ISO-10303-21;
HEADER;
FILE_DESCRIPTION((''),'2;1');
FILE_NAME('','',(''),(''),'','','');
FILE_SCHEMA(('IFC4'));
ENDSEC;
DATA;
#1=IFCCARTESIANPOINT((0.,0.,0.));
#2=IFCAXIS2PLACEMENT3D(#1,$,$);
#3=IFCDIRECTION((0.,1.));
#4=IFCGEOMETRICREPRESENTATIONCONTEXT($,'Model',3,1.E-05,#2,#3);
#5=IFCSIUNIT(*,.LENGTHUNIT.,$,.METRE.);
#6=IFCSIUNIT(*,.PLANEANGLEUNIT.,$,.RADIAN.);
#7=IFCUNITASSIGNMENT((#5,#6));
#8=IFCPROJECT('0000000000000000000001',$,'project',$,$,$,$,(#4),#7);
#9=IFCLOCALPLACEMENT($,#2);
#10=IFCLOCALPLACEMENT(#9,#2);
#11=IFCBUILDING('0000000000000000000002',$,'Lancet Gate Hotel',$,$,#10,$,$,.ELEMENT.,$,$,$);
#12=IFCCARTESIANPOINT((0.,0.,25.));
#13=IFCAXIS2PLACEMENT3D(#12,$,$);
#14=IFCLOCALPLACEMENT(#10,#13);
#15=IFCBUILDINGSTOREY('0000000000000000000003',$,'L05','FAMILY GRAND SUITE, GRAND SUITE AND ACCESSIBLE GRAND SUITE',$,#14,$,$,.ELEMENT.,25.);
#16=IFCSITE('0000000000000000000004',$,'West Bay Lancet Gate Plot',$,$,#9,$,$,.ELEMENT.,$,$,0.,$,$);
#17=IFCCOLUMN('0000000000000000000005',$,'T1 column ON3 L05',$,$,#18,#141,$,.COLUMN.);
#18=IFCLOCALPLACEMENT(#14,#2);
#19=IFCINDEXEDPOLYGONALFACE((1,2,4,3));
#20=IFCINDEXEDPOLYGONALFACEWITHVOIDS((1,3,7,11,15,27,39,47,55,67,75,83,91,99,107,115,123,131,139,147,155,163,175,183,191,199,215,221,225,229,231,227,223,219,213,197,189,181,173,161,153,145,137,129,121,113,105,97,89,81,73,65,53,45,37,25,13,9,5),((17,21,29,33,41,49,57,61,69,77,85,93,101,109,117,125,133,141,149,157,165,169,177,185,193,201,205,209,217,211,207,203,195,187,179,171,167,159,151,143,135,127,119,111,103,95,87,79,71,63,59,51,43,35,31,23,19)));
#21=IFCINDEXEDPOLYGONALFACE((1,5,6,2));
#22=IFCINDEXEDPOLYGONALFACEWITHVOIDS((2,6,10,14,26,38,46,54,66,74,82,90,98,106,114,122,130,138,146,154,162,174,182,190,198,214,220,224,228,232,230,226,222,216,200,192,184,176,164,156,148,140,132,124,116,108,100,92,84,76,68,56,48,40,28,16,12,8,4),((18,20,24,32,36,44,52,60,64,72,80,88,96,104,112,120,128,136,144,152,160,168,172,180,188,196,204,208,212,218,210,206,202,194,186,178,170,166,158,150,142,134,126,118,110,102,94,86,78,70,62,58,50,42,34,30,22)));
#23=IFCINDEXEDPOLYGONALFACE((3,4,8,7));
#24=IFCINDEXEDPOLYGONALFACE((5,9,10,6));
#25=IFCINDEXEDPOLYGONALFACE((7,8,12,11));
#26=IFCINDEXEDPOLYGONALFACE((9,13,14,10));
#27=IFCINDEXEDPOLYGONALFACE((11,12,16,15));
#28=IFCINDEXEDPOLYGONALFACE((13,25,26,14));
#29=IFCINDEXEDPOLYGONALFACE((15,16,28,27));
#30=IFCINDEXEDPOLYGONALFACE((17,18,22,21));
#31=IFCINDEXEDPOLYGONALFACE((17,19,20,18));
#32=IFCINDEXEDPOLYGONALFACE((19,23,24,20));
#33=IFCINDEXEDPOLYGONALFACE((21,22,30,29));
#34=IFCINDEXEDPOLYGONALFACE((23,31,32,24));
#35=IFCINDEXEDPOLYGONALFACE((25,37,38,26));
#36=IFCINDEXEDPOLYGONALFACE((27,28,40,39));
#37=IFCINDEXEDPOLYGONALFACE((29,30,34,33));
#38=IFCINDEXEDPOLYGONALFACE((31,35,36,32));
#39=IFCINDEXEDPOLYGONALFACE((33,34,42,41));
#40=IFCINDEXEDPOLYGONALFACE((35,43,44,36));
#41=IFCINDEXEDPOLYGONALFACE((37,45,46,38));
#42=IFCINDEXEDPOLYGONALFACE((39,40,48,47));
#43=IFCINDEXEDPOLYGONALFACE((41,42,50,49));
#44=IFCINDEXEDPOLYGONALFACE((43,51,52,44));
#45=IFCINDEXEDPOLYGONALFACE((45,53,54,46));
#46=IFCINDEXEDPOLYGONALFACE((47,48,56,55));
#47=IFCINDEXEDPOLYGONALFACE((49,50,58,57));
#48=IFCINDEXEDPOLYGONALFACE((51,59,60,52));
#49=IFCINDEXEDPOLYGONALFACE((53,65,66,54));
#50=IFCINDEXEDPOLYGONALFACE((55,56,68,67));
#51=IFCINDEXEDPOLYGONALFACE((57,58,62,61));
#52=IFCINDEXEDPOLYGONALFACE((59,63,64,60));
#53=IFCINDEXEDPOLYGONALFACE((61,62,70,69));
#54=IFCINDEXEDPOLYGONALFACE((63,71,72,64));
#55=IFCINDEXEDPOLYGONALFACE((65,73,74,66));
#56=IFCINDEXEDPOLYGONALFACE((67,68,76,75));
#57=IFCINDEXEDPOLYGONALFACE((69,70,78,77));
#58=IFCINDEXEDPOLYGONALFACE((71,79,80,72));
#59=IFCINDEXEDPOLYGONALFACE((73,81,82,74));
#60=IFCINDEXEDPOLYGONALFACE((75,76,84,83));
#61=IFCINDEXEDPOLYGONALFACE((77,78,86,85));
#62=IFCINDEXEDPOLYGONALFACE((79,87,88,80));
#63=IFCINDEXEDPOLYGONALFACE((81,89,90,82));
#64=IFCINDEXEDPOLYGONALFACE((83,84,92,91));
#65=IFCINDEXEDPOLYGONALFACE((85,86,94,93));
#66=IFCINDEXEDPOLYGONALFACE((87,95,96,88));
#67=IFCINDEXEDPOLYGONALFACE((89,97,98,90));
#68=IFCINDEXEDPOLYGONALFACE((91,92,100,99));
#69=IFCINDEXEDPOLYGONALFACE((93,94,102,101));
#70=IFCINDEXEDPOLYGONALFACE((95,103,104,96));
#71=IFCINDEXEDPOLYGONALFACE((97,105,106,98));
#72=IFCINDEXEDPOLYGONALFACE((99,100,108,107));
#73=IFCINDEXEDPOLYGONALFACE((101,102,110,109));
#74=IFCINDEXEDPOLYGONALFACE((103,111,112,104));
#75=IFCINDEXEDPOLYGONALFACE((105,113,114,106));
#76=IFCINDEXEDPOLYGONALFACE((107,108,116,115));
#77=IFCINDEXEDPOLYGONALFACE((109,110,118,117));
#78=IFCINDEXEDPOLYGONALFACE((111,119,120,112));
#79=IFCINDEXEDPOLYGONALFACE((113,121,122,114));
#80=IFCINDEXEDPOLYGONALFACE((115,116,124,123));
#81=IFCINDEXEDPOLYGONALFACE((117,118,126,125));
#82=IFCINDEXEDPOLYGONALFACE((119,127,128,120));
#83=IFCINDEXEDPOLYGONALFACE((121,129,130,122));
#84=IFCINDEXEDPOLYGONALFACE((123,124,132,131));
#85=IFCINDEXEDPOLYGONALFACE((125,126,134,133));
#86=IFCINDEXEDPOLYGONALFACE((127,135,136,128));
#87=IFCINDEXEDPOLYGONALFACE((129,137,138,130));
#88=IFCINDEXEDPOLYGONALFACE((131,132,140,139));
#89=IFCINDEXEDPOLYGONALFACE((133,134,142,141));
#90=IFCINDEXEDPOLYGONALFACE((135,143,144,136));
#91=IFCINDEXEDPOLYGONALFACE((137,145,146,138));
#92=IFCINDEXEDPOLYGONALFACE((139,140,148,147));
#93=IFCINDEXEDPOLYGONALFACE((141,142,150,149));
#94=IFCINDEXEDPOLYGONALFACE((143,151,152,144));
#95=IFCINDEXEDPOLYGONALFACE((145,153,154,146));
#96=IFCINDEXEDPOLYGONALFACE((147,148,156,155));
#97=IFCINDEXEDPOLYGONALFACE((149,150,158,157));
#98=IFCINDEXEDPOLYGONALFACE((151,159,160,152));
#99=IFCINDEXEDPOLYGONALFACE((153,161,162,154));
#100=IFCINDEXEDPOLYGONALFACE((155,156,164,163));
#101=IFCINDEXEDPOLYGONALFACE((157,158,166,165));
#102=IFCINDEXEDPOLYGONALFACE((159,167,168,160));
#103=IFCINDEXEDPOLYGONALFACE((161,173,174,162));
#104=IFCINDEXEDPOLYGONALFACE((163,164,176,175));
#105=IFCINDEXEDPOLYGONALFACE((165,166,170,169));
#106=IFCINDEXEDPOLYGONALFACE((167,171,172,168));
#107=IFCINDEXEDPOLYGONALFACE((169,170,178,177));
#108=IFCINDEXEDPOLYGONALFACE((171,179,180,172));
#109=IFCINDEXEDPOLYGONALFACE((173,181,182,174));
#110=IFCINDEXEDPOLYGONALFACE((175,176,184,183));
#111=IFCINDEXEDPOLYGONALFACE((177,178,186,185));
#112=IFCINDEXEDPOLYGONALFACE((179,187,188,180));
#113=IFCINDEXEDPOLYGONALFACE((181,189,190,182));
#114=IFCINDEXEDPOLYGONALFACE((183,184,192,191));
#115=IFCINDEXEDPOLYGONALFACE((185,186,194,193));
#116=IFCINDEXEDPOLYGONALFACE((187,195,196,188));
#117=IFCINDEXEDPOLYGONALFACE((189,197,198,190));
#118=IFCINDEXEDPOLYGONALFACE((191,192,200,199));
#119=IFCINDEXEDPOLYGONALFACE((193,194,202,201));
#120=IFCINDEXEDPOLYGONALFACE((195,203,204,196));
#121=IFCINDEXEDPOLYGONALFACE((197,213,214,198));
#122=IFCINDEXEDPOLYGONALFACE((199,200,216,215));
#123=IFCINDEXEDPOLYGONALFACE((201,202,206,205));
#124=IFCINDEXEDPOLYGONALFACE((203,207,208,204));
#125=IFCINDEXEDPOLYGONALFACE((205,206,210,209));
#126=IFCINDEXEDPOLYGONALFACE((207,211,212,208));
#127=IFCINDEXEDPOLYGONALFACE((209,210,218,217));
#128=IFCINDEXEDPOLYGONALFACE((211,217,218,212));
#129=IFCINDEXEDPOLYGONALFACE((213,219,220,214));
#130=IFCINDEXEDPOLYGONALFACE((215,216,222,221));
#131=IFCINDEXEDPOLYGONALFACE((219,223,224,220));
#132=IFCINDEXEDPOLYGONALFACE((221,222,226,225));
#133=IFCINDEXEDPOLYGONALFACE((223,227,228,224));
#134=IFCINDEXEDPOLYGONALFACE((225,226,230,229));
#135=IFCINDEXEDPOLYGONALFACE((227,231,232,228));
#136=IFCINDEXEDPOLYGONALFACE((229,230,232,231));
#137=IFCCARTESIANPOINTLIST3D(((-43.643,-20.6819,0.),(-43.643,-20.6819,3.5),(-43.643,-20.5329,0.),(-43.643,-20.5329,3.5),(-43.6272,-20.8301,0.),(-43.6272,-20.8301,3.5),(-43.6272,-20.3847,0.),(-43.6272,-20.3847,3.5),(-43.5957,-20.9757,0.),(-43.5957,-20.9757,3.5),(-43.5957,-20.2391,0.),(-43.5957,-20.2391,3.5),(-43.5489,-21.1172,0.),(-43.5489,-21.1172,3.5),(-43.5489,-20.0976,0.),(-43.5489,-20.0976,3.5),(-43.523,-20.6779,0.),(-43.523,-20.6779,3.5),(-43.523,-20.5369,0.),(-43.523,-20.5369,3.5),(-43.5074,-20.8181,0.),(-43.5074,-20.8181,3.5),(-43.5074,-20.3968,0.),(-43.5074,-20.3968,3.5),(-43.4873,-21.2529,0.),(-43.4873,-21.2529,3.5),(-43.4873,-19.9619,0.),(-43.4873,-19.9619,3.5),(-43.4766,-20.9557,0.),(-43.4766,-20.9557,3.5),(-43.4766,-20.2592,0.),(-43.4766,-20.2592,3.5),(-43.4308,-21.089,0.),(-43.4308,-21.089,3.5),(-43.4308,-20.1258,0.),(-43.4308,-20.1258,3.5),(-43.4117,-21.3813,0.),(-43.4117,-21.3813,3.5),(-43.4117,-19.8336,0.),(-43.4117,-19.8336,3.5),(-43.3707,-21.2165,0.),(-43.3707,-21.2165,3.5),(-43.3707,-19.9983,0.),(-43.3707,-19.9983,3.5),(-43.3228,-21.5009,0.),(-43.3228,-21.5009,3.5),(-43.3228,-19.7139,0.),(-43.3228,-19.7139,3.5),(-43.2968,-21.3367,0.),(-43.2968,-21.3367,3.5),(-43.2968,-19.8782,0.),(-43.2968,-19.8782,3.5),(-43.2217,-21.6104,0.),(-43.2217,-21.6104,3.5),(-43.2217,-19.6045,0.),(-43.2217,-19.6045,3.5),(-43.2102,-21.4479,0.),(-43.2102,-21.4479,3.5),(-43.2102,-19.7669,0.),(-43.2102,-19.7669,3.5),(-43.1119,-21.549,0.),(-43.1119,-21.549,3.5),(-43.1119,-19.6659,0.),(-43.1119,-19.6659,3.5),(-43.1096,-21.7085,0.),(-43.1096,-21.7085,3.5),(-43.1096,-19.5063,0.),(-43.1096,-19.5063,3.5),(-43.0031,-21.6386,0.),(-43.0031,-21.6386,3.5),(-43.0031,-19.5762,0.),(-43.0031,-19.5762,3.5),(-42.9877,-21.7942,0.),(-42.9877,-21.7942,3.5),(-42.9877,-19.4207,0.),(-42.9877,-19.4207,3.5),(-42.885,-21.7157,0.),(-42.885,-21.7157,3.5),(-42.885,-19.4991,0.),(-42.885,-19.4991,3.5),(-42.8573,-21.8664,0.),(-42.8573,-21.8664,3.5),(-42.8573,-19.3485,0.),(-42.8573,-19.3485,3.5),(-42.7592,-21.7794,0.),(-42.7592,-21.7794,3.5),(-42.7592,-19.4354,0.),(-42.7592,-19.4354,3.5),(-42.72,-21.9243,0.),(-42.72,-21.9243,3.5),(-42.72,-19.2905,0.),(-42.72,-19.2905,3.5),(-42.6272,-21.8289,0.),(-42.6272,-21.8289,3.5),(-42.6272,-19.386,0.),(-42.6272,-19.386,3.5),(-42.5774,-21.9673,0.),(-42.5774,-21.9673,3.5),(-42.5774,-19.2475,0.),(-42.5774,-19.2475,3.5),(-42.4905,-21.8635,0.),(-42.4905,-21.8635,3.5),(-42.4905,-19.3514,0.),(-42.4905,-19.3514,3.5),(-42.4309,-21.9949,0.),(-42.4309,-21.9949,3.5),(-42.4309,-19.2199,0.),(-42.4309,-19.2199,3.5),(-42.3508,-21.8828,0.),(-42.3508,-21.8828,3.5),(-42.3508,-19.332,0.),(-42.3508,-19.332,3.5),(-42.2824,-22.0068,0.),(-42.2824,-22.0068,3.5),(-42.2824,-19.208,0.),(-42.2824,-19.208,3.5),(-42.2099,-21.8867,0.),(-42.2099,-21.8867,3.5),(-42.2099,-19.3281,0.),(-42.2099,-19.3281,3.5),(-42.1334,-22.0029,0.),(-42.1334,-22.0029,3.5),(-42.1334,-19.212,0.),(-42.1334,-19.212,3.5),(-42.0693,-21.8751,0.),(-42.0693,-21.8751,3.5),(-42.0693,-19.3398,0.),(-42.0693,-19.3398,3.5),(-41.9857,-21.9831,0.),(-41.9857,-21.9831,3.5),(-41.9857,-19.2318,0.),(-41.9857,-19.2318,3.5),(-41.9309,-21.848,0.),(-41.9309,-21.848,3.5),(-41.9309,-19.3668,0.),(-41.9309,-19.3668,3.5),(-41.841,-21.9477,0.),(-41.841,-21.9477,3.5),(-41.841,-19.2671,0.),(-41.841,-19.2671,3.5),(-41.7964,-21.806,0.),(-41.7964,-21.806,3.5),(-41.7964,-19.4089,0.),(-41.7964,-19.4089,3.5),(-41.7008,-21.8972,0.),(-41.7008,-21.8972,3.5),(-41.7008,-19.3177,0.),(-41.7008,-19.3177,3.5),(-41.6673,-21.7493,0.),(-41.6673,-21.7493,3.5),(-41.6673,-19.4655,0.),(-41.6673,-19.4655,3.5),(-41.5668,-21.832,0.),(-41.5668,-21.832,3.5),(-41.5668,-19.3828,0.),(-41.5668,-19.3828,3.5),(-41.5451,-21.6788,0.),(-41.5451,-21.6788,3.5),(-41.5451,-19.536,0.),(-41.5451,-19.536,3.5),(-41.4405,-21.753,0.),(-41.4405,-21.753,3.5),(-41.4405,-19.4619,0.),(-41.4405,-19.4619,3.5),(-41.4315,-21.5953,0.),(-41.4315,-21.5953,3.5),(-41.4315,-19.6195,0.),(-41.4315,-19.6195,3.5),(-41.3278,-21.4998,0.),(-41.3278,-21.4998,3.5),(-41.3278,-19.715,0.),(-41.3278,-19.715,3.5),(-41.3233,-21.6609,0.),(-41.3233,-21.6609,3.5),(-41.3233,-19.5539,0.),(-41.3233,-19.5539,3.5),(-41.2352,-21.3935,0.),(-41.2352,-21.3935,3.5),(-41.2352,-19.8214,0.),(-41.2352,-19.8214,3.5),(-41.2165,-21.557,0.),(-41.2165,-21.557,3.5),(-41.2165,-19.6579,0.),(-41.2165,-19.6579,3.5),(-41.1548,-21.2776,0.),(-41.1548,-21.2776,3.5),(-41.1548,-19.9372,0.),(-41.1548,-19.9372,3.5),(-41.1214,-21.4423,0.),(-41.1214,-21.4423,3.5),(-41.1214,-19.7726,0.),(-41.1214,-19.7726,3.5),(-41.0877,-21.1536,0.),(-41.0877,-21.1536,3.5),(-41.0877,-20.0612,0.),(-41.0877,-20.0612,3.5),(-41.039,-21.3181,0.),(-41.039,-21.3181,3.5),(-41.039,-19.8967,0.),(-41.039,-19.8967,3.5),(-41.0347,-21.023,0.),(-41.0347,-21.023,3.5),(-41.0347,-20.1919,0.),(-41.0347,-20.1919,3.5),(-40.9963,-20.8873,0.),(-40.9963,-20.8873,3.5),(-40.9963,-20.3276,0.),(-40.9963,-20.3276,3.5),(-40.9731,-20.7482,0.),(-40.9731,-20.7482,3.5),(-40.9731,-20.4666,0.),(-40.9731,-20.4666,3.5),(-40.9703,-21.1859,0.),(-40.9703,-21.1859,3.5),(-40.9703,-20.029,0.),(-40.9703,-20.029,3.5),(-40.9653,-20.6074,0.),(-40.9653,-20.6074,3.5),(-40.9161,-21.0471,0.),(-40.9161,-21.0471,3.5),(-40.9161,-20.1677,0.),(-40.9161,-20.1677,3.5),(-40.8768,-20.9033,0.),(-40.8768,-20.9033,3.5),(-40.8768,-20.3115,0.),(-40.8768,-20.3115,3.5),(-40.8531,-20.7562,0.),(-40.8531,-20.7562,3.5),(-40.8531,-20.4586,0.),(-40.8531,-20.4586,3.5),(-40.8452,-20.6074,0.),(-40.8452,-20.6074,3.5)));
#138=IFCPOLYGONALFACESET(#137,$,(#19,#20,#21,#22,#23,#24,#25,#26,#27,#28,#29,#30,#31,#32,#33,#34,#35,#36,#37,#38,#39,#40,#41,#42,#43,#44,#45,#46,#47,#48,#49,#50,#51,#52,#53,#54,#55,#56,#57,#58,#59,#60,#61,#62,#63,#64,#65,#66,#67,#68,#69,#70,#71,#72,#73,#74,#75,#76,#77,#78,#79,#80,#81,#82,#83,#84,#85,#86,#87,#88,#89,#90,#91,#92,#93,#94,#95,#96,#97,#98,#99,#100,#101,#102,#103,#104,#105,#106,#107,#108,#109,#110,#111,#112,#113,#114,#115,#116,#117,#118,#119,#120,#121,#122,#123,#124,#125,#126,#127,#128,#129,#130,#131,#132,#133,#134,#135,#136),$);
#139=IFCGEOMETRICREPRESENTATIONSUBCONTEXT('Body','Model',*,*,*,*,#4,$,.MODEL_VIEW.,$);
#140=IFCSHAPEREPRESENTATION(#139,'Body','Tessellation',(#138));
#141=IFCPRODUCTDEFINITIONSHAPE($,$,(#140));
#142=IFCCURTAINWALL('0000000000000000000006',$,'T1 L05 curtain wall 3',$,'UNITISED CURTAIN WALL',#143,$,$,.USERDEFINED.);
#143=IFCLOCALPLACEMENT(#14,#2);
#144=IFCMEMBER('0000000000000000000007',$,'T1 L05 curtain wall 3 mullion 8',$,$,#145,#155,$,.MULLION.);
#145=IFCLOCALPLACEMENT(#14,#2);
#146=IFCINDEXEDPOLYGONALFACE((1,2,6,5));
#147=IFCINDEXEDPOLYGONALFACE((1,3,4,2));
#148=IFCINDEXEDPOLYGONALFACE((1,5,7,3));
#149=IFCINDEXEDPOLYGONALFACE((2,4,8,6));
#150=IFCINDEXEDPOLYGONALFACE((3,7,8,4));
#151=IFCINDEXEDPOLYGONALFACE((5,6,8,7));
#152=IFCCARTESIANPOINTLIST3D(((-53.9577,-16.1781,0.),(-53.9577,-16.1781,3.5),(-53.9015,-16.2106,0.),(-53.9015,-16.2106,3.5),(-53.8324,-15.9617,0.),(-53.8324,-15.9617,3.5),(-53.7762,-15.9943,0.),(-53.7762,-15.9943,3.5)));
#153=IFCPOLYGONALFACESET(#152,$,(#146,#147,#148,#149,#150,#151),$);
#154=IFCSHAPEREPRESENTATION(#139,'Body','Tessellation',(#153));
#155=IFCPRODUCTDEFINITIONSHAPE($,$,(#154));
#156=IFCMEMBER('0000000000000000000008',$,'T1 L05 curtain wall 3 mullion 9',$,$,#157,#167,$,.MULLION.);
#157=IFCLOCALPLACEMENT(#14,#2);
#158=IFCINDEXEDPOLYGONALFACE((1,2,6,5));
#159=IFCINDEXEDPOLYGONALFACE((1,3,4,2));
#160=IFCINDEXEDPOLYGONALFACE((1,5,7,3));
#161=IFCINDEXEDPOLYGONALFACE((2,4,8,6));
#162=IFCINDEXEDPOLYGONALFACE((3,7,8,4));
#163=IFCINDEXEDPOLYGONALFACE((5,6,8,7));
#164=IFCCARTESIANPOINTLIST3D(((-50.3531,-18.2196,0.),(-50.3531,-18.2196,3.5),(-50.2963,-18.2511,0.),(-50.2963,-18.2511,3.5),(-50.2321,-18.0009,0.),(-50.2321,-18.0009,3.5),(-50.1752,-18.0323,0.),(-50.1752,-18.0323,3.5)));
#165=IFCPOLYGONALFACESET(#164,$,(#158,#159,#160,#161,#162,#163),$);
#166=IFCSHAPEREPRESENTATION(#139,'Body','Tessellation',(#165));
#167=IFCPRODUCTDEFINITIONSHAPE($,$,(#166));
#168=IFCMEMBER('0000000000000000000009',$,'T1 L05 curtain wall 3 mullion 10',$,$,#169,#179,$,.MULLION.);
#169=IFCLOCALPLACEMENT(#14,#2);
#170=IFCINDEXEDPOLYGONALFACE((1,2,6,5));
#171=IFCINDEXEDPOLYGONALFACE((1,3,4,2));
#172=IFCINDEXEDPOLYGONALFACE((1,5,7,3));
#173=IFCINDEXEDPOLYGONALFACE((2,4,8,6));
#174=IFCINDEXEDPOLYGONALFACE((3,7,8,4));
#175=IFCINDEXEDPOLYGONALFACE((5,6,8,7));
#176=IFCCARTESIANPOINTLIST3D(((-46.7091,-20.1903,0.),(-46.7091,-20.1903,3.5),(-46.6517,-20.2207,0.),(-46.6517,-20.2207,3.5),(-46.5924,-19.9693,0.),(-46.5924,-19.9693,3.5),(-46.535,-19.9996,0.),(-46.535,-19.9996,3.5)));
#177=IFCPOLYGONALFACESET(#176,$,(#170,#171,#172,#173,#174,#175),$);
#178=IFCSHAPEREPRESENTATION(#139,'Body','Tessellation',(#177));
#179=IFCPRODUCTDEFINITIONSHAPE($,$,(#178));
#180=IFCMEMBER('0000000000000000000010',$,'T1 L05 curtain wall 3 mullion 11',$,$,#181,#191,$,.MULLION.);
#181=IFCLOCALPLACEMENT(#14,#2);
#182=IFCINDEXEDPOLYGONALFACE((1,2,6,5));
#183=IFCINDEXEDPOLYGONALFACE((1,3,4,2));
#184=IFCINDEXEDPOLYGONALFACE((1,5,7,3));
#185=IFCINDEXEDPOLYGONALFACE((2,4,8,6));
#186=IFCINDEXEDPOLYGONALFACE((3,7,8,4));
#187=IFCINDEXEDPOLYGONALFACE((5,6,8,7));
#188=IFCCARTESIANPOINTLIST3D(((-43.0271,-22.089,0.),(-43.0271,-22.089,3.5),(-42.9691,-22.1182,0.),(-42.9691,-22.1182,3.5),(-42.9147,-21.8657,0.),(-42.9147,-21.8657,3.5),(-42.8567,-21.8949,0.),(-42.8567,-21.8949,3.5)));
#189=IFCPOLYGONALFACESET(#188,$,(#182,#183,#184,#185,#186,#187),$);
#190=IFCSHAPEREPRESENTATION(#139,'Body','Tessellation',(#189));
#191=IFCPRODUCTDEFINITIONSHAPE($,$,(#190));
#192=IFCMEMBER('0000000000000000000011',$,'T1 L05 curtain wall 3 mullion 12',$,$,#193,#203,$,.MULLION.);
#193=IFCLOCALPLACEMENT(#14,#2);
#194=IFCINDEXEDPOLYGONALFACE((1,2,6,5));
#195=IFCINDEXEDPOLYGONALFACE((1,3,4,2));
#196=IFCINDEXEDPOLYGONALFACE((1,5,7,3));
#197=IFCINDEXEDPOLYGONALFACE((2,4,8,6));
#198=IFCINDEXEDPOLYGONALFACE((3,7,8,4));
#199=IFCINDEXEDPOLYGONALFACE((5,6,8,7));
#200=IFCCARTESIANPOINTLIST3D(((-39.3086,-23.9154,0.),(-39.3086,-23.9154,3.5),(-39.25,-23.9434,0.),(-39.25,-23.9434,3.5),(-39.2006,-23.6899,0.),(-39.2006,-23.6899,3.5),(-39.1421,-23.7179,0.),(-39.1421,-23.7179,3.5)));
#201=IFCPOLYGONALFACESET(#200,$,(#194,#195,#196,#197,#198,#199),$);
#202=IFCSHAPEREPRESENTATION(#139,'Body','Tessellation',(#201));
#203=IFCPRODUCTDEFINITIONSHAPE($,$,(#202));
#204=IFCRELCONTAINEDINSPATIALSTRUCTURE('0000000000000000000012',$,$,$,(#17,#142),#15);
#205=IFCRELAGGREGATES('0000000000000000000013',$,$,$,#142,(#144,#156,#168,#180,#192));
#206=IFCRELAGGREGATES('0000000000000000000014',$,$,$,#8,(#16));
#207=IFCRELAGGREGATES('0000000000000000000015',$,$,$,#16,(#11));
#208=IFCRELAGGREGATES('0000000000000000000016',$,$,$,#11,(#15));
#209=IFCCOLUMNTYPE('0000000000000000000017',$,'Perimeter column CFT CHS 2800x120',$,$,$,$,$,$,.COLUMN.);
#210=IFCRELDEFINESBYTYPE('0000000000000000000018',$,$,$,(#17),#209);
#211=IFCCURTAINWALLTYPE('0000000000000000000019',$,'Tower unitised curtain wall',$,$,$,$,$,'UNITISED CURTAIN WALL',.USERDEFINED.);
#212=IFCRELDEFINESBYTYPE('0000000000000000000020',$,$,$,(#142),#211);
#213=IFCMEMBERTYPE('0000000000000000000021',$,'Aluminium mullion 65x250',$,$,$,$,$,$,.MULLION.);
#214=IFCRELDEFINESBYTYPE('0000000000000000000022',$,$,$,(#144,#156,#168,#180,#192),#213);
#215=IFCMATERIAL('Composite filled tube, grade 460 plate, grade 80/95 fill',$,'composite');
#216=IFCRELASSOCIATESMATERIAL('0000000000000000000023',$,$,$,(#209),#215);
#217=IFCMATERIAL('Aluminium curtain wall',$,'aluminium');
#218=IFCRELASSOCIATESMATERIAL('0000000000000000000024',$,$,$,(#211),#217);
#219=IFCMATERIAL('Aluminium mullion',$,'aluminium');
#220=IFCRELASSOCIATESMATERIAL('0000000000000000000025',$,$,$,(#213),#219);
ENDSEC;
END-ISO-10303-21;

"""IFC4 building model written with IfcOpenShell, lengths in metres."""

from ifc_helpers import new_model, si_unit, direction, frame, origin, origin_2d, place, context, subcontext, project, spatial, rectangle, hollow_circle, extrude, material, material_profile, profile_set, type_object, element, aggregate, save


model = new_model("IFC4")

# Units and contexts
model_context = context("Model", 3, precision=1e-05, world=origin(), true_north=direction((0.0, 1.0)))
body_context = subcontext(model_context, "Body", "Model", "MODEL_VIEW")
ifc_project = project(units=[si_unit("LENGTHUNIT", "METRE"), si_unit("PLANEANGLEUNIT", "RADIAN")], contexts=[model_context])

# Site, building, storey
site_placement = place(None, origin())
site = spatial("IfcSite", under=ifc_project, at=site_placement, Name="West Bay Lancet Gate Plot", CompositionType="ELEMENT", RefElevation=0.0)
building_placement = place(site_placement, origin())
building = spatial("IfcBuilding", under=site, at=building_placement, Name="Lancet Gate Hotel", CompositionType="ELEMENT")
storey_placement = place(building_placement, frame((0.0, 0.0, 25.0)))
storey = spatial("IfcBuildingStorey", under=building, at=storey_placement, Name="L05", Description="FAMILY GRAND SUITE, GRAND SUITE AND ACCESSIBLE GRAND SUITE", CompositionType="ELEMENT", Elevation=25.0)

# Column
ifc_material_1 = material(Name="Composite filled tube, grade 460 plate, grade 80/95 fill", Category="composite")
ifc_material_profile_1 = material_profile(ifc_material_1, hollow_circle(Radius=1.3999, WallThickness=0.1201, at=origin_2d()), Name="CHS 2800x120")
ifc_profile_set_1 = profile_set([ifc_material_profile_1], Name="Composite filled tube, grade 460 plate, grade 80/95 fill")
column_type = type_object("IfcColumnType", Name="Perimeter column CFT CHS 2800x120", PredefinedType="COLUMN", material=ifc_profile_set_1)
for number, where, z_axis, x_axis, name in (
    (1, (-42.2451, -20.6074, 0.0), (0.0, 0.0, 1.0), (1.0, 0.0, 0.0), "T1 column ON3 L05"),
):
    element("IfcColumn", number, at=place(storey_placement, frame(where, z_axis=z_axis, x_axis=x_axis)), inside=storey, type_object=column_type, Name=name, PredefinedType="COLUMN", context=body_context, shape_type="SweptSolid", body=[
        extrude(hollow_circle(Radius=1.3999, WallThickness=0.1201, at=origin_2d()), origin(), (0.0, 0.0, 1.0), 3.5),
    ])

# Curtain wall, members
ifc_material_2 = material(Name="Aluminium curtain wall", Category="aluminium")
curtain_wall_type = type_object("IfcCurtainWallType", Name="Tower unitised curtain wall", ElementType="UNITISED CURTAIN WALL", PredefinedType="USERDEFINED", material=ifc_material_2)
curtain_wall_placement = place(storey_placement, origin())
curtain_wall = element("IfcCurtainWall", 2, at=curtain_wall_placement, inside=storey, type_object=curtain_wall_type, Name="T1 L05 curtain wall 3", ObjectType="UNITISED CURTAIN WALL", PredefinedType="USERDEFINED")
ifc_material_3 = material(Name="Aluminium mullion", Category="aluminium")
ifc_material_profile_2 = material_profile(ifc_material_3, rectangle(XDim=0.0649, YDim=0.25, at=origin_2d()), Name="MULLION 65x250")
ifc_profile_set_2 = profile_set([ifc_material_profile_2], Name="Aluminium mullion")
member_type_1 = type_object("IfcMemberType", Name="Aluminium mullion 65x250", PredefinedType="MULLION", material=ifc_profile_set_2)
member_1_placement = place(storey_placement, frame((-53.8669, -16.0862, 0.0), z_axis=(0.0, 0.0, 1.0), x_axis=(0.865335, -0.501194, 0.0)))
member_1 = element("IfcMember", 3, at=member_1_placement, type_object=member_type_1, Name="T1 L05 curtain wall 3 mullion 8", PredefinedType="MULLION", context=body_context, shape_type="SweptSolid", body=[
    extrude(rectangle(XDim=0.0649, YDim=0.25, at=origin_2d()), origin(), (0.0, 0.0, 1.0), 3.5),
])
member_2_placement = place(storey_placement, frame((-50.2642, -18.126, 0.0), z_axis=(0.0, 0.0, 1.0), x_axis=(0.874991, -0.484139, 0.0)))
member_2 = element("IfcMember", 4, at=member_2_placement, type_object=member_type_1, Name="T1 L05 curtain wall 3 mullion 9", PredefinedType="MULLION", context=body_context, shape_type="SweptSolid", body=[
    extrude(rectangle(XDim=0.0649, YDim=0.25, at=origin_2d()), origin(), (0.0, 0.0, 1.0), 3.5),
])
member_3_placement = place(storey_placement, frame((-46.6221, -20.095, 0.0), z_axis=(0.0, 0.0, 1.0), x_axis=(0.884311, -0.466898, 0.0)))
member_3 = element("IfcMember", 5, at=member_3_placement, type_object=member_type_1, Name="T1 L05 curtain wall 3 mullion 10", PredefinedType="MULLION", context=body_context, shape_type="SweptSolid", body=[
    extrude(rectangle(XDim=0.0649, YDim=0.25, at=origin_2d()), origin(), (0.0, 0.0, 1.0), 3.5),
])
member_4_placement = place(storey_placement, frame((-42.9419, -21.9919, 0.0), z_axis=(0.0, 0.0, 1.0), x_axis=(0.893292, -0.449478, 0.0)))
member_4 = element("IfcMember", 6, at=member_4_placement, type_object=member_type_1, Name="T1 L05 curtain wall 3 mullion 11", PredefinedType="MULLION", context=body_context, shape_type="SweptSolid", body=[
    extrude(rectangle(XDim=0.0649, YDim=0.25, at=origin_2d()), origin(), (0.0, 0.0, 1.0), 3.5),
])
member_5_placement = place(storey_placement, frame((-39.2253, -23.8167, 0.0), z_axis=(0.0, 0.0, 1.0), x_axis=(0.901929, -0.431885, 0.0)))
member_5 = element("IfcMember", 7, at=member_5_placement, type_object=member_type_1, Name="T1 L05 curtain wall 3 mullion 12", PredefinedType="MULLION", context=body_context, shape_type="SweptSolid", body=[
    extrude(rectangle(XDim=0.0649, YDim=0.25, at=origin_2d()), origin(), (0.0, 0.0, 1.0), 3.5),
])

aggregate(curtain_wall, [member_1, member_2, member_3, member_4, member_5])

save(model, "model.ifc")
